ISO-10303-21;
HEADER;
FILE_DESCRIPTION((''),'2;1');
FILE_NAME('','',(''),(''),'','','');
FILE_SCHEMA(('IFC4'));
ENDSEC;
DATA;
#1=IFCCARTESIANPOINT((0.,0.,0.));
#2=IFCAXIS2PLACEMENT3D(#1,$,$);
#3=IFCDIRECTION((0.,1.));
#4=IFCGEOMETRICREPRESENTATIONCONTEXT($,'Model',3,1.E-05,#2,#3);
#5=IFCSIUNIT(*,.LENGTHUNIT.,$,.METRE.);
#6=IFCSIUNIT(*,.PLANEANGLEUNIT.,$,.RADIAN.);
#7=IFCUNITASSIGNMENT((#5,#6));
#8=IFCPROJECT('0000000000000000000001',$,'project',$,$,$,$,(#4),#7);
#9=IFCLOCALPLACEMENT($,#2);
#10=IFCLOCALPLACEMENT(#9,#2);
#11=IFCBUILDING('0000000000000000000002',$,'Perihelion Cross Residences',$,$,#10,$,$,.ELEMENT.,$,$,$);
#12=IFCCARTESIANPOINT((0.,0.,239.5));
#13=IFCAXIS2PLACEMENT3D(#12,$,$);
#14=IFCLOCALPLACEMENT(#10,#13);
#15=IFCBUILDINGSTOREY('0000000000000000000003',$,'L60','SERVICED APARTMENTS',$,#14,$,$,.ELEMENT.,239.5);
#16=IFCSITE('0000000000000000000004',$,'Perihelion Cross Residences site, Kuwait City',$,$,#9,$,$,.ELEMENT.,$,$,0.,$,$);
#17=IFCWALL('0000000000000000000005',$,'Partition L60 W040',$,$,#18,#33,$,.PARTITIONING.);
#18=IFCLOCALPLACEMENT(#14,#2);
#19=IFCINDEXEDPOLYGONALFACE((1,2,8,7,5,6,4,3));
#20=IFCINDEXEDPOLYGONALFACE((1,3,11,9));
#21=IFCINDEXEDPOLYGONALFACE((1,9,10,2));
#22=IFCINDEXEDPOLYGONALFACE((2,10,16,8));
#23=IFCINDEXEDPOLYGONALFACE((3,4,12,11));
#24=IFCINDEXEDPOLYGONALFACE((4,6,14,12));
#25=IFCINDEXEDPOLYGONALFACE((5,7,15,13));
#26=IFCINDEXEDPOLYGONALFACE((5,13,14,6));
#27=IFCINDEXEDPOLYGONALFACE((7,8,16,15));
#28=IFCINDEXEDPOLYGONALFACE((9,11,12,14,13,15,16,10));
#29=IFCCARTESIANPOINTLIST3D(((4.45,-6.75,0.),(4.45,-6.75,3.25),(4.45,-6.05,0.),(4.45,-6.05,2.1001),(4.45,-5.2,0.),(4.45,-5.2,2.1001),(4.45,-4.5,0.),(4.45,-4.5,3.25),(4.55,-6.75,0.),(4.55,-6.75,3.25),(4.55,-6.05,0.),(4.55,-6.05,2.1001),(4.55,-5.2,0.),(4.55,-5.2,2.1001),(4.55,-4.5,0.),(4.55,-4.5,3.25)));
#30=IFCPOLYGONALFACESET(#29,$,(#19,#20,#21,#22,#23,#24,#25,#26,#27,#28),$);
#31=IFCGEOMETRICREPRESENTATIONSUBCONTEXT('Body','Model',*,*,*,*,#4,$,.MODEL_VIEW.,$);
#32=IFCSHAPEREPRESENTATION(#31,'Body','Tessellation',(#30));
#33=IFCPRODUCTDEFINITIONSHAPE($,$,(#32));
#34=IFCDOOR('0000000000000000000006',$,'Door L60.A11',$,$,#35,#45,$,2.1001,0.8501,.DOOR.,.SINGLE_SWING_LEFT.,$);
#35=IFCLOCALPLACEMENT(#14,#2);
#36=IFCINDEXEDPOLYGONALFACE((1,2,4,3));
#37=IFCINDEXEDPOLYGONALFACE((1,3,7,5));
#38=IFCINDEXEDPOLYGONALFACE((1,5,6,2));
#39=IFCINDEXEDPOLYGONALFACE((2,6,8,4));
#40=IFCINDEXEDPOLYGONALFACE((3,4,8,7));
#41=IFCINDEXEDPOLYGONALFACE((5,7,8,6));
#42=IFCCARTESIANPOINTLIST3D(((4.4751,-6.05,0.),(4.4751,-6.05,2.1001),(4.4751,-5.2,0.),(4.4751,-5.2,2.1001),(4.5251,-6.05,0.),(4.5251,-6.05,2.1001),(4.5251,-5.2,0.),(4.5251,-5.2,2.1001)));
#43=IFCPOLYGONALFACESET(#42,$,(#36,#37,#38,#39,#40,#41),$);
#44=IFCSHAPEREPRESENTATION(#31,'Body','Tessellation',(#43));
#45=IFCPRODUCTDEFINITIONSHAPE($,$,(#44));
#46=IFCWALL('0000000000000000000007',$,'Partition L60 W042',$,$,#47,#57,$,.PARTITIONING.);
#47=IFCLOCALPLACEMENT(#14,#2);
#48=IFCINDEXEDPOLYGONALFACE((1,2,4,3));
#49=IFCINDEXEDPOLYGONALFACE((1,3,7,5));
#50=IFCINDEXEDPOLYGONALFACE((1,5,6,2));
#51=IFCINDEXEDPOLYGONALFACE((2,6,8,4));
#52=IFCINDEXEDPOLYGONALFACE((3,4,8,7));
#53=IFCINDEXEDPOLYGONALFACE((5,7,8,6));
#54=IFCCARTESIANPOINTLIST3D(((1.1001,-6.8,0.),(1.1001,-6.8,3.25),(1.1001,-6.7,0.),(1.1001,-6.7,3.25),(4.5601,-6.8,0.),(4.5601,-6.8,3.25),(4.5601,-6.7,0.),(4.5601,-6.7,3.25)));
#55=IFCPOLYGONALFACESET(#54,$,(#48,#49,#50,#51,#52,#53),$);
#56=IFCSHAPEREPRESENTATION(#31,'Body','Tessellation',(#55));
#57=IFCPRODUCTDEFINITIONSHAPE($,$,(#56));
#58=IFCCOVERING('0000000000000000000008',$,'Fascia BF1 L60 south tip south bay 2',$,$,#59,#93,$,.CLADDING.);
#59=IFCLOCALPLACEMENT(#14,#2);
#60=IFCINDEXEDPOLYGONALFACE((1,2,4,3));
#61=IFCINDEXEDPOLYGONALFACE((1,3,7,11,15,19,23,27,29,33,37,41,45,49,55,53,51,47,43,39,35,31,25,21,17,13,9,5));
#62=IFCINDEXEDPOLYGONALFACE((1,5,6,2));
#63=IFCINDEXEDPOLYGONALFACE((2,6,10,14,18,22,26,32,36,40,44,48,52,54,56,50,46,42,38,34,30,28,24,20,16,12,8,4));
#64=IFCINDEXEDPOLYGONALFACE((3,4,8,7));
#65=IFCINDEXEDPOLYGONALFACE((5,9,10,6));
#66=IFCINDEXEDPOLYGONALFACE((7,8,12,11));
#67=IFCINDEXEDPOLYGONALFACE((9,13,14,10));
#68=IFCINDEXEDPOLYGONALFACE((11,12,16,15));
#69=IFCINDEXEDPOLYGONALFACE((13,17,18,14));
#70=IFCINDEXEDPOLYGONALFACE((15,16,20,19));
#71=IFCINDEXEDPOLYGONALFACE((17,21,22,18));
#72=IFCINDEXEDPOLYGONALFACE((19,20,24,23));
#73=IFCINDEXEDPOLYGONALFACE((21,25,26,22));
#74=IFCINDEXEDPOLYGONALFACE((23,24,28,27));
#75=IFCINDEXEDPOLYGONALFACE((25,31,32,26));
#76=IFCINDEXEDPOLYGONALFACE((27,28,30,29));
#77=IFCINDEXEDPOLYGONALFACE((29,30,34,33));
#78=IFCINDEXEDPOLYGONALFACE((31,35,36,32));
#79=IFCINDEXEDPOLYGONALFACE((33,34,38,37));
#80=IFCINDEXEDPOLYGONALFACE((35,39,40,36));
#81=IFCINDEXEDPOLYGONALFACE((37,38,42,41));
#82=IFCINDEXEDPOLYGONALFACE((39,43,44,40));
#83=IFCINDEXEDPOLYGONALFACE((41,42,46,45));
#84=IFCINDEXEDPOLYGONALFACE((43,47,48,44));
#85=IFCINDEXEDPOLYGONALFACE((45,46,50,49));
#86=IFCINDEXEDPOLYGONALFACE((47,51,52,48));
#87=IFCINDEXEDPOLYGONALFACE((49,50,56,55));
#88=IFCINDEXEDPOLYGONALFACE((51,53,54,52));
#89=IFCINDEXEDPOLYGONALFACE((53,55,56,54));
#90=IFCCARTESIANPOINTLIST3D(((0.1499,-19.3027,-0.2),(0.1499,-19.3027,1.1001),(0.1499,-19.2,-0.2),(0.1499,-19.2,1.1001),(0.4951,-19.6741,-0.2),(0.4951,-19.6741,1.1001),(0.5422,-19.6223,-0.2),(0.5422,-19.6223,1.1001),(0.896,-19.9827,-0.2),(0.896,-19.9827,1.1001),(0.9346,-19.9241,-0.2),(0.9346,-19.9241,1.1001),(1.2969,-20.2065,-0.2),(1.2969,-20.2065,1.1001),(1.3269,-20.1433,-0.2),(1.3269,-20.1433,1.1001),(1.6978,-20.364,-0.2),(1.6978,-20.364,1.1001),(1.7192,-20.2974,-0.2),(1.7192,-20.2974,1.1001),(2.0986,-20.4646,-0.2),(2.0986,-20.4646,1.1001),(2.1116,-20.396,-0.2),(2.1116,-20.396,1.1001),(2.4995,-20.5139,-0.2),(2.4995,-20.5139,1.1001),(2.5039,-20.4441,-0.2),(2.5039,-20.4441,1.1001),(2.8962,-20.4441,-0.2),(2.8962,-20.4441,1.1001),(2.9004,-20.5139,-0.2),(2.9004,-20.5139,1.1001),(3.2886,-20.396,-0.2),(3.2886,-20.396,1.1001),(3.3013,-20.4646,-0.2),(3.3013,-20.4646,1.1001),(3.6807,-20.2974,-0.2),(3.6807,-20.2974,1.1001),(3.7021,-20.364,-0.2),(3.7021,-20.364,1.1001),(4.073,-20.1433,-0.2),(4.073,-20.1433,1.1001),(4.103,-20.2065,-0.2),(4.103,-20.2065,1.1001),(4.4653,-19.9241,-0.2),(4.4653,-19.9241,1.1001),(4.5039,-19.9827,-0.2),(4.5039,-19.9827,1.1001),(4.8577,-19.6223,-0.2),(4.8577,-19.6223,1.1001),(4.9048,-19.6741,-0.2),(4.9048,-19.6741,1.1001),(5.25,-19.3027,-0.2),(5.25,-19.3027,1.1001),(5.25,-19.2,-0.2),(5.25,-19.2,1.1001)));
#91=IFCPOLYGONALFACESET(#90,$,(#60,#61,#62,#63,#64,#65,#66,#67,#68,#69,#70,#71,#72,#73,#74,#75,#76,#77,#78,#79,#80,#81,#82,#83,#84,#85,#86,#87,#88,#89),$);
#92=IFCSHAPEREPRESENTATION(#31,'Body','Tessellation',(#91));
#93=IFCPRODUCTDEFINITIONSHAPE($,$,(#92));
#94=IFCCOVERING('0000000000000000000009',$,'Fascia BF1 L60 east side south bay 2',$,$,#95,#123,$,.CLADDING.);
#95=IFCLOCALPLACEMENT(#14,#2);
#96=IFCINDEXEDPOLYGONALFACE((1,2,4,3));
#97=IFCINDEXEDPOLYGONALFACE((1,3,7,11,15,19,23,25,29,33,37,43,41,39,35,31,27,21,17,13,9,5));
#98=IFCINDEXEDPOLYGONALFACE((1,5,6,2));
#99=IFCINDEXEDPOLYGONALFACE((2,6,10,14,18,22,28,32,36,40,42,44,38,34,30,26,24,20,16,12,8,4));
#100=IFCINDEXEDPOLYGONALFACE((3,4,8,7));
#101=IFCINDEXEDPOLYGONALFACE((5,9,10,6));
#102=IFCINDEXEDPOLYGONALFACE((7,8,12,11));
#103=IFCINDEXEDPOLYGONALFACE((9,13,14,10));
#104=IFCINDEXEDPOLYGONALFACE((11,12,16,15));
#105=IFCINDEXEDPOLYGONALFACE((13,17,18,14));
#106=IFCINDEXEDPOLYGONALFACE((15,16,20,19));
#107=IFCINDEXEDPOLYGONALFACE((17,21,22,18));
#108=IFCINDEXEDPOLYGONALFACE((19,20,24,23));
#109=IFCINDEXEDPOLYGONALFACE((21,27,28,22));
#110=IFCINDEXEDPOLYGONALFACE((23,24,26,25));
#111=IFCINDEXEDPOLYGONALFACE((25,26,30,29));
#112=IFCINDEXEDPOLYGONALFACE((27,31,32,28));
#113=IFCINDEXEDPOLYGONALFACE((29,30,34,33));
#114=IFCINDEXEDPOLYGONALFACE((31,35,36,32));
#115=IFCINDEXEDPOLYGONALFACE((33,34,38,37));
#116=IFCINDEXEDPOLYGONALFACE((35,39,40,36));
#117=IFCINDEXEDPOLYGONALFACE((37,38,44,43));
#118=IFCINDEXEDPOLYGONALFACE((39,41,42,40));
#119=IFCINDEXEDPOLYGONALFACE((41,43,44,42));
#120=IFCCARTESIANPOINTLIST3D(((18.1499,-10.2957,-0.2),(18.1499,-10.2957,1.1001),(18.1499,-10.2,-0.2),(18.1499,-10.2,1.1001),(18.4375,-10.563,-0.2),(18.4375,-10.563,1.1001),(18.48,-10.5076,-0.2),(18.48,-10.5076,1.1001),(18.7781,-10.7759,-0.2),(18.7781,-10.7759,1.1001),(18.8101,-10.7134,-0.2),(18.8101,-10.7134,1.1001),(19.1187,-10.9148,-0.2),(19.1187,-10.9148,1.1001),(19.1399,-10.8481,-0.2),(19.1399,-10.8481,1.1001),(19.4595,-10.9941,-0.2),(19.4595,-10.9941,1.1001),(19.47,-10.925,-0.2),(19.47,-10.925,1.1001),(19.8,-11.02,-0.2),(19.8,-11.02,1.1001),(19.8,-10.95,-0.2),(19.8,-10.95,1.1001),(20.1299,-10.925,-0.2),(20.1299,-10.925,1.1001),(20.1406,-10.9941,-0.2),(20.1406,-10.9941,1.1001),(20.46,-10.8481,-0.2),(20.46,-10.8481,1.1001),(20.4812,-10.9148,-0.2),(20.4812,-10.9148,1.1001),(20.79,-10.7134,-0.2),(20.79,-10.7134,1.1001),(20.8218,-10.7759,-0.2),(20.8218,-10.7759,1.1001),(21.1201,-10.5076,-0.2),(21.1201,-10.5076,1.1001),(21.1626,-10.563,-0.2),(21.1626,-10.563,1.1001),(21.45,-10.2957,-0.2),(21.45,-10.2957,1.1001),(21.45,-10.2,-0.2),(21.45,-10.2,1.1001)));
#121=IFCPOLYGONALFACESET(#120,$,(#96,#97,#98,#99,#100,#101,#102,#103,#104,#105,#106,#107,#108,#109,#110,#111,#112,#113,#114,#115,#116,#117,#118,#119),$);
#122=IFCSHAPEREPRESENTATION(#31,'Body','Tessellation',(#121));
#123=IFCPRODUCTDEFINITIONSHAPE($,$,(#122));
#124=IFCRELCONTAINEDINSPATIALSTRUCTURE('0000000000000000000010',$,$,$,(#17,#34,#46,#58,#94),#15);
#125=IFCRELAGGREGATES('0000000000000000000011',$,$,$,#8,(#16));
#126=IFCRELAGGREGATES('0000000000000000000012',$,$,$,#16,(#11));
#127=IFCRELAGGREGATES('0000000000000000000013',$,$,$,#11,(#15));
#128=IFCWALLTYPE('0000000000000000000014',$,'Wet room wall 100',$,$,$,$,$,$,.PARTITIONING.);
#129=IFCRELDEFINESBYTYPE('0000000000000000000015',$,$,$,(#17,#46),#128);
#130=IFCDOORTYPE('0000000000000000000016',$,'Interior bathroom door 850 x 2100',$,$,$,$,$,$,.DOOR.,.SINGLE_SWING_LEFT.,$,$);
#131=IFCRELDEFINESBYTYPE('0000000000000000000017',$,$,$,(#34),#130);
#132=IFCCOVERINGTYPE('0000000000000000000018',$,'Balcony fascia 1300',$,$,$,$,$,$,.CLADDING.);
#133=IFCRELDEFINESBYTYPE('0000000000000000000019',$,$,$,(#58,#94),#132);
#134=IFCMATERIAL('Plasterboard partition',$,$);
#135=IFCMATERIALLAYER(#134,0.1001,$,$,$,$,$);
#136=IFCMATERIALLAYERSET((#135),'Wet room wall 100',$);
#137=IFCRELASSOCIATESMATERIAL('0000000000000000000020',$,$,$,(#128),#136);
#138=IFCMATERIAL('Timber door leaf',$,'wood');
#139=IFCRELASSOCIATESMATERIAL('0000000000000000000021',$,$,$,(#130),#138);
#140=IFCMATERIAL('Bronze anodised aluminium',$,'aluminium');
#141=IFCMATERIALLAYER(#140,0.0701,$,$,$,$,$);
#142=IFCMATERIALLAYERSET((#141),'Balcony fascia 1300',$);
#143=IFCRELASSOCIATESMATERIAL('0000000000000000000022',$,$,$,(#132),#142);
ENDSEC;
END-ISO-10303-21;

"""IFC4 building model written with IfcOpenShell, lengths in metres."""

from ifc_helpers import new_model, si_unit, direction, frame, frame_2d, origin, place, context, subcontext, project, spatial, polyline, rectangle, outline, extrude, material, layer, layer_set, type_object, element, fill, save


model = new_model("IFC4")

# Units and contexts
model_context = context("Model", 3, precision=1e-05, world=origin(), true_north=direction((0.0, 1.0)))
body_context = subcontext(model_context, "Body", "Model", "MODEL_VIEW")
ifc_project = project(units=[si_unit("LENGTHUNIT", "METRE"), si_unit("PLANEANGLEUNIT", "RADIAN")], contexts=[model_context])

# Site, building, storey
site_placement = place(None, origin())
site = spatial("IfcSite", under=ifc_project, at=site_placement, Name="Perihelion Cross Residences site, Kuwait City", CompositionType="ELEMENT", RefElevation=0.0)
building_placement = place(site_placement, origin())
building = spatial("IfcBuilding", under=site, at=building_placement, Name="Perihelion Cross Residences", CompositionType="ELEMENT")
storey_placement = place(building_placement, frame((0.0, 0.0, 239.5)))
storey = spatial("IfcBuildingStorey", under=building, at=storey_placement, Name="L60", Description="SERVICED APARTMENTS", CompositionType="ELEMENT", Elevation=239.5)

# Wall, opening, door
ifc_material_1 = material(Name="Plasterboard partition")
ifc_layer_1 = layer(ifc_material_1, 0.1001)
ifc_layer_set_1 = layer_set([ifc_layer_1], Name="Wet room wall 100")
wall_type_1 = type_object("IfcWallType", Name="Wet room wall 100", PredefinedType="PARTITIONING", material=ifc_layer_set_1)
wall_1_placement = place(storey_placement, frame((4.5, -6.75, 0.0), z_axis=(0.0, 0.0, 1.0), x_axis=(0.0, 1.0, 0.0)))
wall_1 = element("IfcWall", 1, at=wall_1_placement, inside=storey, type_object=wall_type_1, Name="Partition L60 W040", PredefinedType="PARTITIONING", context=body_context, shape_type="SweptSolid", body=[
    extrude(rectangle(XDim=2.25, YDim=0.1001, at=frame_2d((1.125, 0.0))), origin(), (0.0, 0.0, 1.0), 3.25),
])
opening_1_placement = place(wall_1_placement, frame((0.7, 0.0, 0.0)))
opening_1 = element("IfcOpeningElement", 2, at=opening_1_placement, cuts=wall_1, PredefinedType="OPENING", context=body_context, shape_type="SweptSolid", body=[
    extrude(rectangle(XDim=0.8501, YDim=2.1001, at=frame_2d((0.425, 1.05))), frame((0.0, 0.0601, 0.0), z_axis=(0.0, -1.0, 0.0), x_axis=(1.0, 0.0, 0.0)), (0.0, 0.0, 1.0), 0.1201),
])
ifc_material_2 = material(Name="Timber door leaf", Category="wood")
door_type_1 = type_object("IfcDoorType", Name="Interior bathroom door 850 x 2100", OperationType="SINGLE_SWING_LEFT", PredefinedType="DOOR", material=ifc_material_2)
door_1_placement = place(opening_1_placement, origin())
door_1 = element("IfcDoor", 3, at=door_1_placement, inside=storey, type_object=door_type_1, Name="Door L60.A11", OperationType="SINGLE_SWING_LEFT", OverallHeight=2.1001, OverallWidth=0.8501, PredefinedType="DOOR", context=body_context, shape_type="SweptSolid", body=[
    extrude(rectangle(XDim=0.8501, YDim=2.1001, at=frame_2d((0.425, 1.05))), frame((0.0, 0.0249, 0.0), z_axis=(0.0, -1.0, 0.0), x_axis=(1.0, 0.0, 0.0)), (0.0, 0.0, 1.0), 0.05),
])
fill(opening_1, door_1)

# Wall
wall_2_placement = place(storey_placement, frame((4.5601, -6.75, 0.0), z_axis=(0.0, 0.0, 1.0), x_axis=(-1.0, 0.0, 0.0)))
element("IfcWall", 4, at=wall_2_placement, inside=storey, type_object=wall_type_1, Name="Partition L60 W042", PredefinedType="PARTITIONING", context=body_context, shape_type="SweptSolid", body=[
    extrude(rectangle(XDim=3.46, YDim=0.1001, at=frame_2d((1.73, 0.0))), origin(), (0.0, 0.0, 1.0), 3.25),
])

# Coverings
ifc_material_3 = material(Name="Bronze anodised aluminium", Category="aluminium")
ifc_layer_2 = layer(ifc_material_3, 0.0701)
ifc_layer_set_2 = layer_set([ifc_layer_2], Name="Balcony fascia 1300")
covering_type = type_object("IfcCoveringType", Name="Balcony fascia 1300", PredefinedType="CLADDING", material=ifc_layer_set_2)
covering_1_placement = place(storey_placement, frame((0.0, 0.0, -0.2)))
element("IfcCovering", 5, at=covering_1_placement, inside=storey, type_object=covering_type, Name="Fascia BF1 L60 south tip south bay 2", PredefinedType="CLADDING", context=body_context, shape_type="SweptSolid", body=[
    extrude(outline(polyline([(0.4951, -19.6741), (0.896, -19.9827), (1.2969, -20.2065), (1.6978, -20.364), (2.0986, -20.4646), (2.4995, -20.5139), (2.9004, -20.5139), (3.3013, -20.4646), (3.7021, -20.364), (4.103, -20.2065), (4.5039, -19.9827), (4.9048, -19.6741), (5.25, -19.3027), (5.25, -19.2), (4.8577, -19.6223), (4.4653, -19.9241), (4.073, -20.1433), (3.6807, -20.2974), (3.2886, -20.396), (2.8962, -20.4441), (2.5039, -20.4441), (2.1116, -20.396), (1.7192, -20.2974), (1.3269, -20.1433), (0.9346, -19.9241), (0.5422, -19.6223), (0.1499, -19.2), (0.1499, -19.3027), (0.4951, -19.6741)])), origin(), (0.0, 0.0, 1.0), 1.3),
])
covering_2_placement = place(storey_placement, frame((0.0, 0.0, -0.2)))
element("IfcCovering", 6, at=covering_2_placement, inside=storey, type_object=covering_type, Name="Fascia BF1 L60 east side south bay 2", PredefinedType="CLADDING", context=body_context, shape_type="SweptSolid", body=[
    extrude(outline(polyline([(18.4375, -10.563), (18.7781, -10.7759), (19.1187, -10.9148), (19.4595, -10.9941), (19.8, -11.02), (20.1406, -10.9941), (20.4812, -10.9148), (20.8218, -10.7759), (21.1626, -10.563), (21.45, -10.2957), (21.45, -10.2), (21.1201, -10.5076), (20.79, -10.7134), (20.46, -10.8481), (20.1299, -10.925), (19.8, -10.95), (19.47, -10.925), (19.1399, -10.8481), (18.8101, -10.7134), (18.48, -10.5076), (18.1499, -10.2), (18.1499, -10.2957), (18.4375, -10.563)])), origin(), (0.0, 0.0, 1.0), 1.3),
])

save(model, "model.ifc")
